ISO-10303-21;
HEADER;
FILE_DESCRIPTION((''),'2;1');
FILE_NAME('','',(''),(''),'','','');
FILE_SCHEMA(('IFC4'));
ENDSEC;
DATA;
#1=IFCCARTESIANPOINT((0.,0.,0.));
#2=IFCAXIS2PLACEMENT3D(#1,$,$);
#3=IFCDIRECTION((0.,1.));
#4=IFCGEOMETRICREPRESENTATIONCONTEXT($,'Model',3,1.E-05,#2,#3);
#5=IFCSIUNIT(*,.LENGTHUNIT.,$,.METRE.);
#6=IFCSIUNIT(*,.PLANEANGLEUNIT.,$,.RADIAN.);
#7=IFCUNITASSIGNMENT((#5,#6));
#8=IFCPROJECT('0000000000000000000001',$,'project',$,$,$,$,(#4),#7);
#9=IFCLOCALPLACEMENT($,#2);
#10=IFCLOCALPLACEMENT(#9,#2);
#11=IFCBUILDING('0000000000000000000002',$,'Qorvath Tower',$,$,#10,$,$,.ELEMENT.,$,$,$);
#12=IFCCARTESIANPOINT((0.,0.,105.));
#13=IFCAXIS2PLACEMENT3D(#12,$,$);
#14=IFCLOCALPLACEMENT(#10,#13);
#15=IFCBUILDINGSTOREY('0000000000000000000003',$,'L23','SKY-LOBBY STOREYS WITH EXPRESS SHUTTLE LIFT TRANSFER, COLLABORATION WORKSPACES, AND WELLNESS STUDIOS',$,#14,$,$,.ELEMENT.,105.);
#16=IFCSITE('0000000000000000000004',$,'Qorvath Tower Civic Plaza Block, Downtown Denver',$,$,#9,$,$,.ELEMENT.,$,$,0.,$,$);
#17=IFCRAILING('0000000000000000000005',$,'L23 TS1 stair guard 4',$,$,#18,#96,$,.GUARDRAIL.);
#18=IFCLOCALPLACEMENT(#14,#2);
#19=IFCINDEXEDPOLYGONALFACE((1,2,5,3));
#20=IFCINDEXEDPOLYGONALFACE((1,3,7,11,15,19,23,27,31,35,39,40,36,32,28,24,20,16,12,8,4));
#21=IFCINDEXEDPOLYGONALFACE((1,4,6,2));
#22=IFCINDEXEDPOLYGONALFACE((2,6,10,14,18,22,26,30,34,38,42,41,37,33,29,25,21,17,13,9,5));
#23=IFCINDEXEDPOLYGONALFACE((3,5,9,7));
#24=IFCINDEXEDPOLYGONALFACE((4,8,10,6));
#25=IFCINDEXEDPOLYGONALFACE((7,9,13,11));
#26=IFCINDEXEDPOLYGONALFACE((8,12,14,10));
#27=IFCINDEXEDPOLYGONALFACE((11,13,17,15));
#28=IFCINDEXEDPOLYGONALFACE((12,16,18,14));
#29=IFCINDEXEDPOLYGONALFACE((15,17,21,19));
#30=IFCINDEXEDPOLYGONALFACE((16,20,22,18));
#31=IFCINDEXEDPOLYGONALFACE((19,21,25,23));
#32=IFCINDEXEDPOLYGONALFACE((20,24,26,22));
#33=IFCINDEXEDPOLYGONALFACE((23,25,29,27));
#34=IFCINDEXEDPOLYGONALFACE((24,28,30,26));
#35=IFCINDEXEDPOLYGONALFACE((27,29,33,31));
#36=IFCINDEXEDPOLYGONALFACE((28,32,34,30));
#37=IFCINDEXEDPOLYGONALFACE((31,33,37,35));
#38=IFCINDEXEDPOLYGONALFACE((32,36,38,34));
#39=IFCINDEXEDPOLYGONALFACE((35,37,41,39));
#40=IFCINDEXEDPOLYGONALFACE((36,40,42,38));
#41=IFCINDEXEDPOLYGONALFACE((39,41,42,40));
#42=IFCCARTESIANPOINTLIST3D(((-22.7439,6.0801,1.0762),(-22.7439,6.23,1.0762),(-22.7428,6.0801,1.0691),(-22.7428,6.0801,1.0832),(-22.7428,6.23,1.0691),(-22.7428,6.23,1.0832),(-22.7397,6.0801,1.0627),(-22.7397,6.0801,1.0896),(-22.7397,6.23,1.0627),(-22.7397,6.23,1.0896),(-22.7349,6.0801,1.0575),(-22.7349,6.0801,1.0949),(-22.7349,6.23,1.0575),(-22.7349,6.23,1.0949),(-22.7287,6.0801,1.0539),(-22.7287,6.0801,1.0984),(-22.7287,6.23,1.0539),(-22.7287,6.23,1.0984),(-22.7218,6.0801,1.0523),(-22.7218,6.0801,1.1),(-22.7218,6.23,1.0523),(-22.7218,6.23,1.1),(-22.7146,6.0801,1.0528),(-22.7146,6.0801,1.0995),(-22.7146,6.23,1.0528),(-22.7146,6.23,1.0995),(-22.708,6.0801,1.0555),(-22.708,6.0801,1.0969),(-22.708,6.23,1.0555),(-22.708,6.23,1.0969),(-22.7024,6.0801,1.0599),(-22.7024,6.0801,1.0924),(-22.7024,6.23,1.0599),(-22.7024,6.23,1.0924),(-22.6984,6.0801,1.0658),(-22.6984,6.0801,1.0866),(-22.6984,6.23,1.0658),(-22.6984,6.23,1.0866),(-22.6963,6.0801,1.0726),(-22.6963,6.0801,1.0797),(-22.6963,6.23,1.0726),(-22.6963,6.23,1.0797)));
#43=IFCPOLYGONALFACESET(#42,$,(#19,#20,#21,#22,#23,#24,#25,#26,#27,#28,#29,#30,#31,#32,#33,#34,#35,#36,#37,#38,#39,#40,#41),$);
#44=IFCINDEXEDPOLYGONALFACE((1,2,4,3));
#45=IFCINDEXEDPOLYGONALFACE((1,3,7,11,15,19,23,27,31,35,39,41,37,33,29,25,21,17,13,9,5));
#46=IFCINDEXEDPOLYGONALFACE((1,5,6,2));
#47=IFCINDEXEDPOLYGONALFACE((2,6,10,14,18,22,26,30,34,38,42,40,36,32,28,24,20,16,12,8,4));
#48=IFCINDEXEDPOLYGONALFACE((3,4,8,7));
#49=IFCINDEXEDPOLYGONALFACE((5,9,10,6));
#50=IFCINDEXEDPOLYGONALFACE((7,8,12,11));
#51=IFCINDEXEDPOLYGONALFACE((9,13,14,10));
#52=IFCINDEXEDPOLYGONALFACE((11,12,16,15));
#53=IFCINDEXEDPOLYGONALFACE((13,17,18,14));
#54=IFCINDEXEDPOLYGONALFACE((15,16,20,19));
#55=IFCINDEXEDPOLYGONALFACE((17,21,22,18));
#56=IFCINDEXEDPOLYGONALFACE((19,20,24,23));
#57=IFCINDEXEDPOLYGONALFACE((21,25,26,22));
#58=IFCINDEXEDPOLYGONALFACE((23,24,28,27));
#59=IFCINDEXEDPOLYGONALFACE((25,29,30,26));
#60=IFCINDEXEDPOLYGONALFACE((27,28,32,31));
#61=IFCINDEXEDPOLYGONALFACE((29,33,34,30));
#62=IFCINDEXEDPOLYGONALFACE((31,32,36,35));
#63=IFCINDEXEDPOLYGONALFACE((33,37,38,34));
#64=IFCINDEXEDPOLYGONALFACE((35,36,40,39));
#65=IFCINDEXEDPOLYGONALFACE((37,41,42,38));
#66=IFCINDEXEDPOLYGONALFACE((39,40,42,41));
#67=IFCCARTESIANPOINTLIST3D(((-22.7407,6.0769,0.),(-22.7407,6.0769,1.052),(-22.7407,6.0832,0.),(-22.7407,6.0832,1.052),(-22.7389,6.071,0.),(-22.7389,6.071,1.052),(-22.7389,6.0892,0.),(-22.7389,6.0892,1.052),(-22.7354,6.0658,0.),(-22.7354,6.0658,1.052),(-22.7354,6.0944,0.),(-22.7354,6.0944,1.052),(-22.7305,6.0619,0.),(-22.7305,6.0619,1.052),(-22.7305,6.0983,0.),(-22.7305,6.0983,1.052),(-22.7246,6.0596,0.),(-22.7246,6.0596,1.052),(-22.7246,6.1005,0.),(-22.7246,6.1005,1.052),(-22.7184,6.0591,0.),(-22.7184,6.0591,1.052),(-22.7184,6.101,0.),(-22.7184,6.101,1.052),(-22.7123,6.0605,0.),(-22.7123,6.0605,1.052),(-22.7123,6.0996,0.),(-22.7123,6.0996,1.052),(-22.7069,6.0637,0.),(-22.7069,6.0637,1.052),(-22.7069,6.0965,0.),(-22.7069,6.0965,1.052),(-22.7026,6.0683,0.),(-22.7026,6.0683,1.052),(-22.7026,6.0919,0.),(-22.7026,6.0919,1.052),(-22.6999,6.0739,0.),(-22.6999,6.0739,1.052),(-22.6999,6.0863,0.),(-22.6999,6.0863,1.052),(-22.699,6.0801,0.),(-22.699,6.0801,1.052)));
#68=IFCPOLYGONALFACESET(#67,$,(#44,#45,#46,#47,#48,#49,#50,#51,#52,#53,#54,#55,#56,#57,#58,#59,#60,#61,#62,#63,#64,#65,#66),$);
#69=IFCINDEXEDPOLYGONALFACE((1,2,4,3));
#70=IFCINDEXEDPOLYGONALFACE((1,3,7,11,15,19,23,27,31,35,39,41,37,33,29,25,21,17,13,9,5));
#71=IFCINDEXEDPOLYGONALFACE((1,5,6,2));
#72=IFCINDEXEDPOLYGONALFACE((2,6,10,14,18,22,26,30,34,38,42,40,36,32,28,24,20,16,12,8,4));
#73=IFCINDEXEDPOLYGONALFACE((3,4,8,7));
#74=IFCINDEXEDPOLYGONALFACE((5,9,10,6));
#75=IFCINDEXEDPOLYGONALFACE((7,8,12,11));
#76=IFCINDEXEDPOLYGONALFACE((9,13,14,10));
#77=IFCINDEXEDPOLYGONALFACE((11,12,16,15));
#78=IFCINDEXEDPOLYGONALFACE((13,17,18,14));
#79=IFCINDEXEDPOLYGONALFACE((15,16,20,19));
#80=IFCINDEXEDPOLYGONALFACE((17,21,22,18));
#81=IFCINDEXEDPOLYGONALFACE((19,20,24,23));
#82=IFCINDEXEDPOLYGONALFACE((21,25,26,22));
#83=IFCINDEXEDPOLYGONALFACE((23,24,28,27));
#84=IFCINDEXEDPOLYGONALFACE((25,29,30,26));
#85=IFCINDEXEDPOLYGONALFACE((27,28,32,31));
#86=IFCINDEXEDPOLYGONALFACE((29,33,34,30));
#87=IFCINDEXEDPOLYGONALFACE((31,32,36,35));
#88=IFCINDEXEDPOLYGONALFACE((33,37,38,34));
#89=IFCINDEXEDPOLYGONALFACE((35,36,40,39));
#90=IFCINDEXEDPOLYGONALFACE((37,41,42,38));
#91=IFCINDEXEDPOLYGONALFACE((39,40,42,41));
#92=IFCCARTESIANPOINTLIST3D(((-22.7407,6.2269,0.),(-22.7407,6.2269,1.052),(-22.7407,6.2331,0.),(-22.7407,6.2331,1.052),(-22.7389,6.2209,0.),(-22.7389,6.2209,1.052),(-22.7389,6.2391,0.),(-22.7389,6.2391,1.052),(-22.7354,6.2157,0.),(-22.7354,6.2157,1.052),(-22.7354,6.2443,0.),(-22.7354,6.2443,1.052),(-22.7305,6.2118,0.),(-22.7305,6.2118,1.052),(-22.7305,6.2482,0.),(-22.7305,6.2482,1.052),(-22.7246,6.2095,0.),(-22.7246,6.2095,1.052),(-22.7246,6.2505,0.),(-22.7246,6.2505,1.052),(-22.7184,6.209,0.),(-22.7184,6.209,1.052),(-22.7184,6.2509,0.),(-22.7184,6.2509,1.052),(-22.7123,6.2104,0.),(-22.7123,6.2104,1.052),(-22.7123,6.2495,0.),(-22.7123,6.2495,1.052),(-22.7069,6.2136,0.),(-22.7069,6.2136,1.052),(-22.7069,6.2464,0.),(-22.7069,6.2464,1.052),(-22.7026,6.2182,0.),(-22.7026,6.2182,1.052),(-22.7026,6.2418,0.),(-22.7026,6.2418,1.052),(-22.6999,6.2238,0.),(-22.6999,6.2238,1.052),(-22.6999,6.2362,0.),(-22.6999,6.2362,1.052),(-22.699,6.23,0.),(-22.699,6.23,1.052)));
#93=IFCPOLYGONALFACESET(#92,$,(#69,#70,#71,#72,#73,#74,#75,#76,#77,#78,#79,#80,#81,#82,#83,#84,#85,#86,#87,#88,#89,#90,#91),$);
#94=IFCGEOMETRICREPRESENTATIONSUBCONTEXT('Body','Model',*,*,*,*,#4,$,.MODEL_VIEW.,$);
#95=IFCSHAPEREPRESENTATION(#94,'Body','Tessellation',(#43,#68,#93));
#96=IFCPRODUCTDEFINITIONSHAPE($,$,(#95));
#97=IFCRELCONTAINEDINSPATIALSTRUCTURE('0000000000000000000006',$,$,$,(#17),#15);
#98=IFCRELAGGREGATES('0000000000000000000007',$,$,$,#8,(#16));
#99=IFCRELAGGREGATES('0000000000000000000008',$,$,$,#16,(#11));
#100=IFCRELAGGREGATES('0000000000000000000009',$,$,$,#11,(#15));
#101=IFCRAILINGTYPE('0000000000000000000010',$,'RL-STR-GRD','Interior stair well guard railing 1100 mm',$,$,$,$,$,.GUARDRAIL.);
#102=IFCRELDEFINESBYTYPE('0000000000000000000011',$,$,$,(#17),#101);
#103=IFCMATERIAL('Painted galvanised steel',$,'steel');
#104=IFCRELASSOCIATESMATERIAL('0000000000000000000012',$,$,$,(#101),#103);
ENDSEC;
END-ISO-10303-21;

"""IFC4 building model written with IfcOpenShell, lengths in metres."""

from ifc_helpers import new_model, si_unit, direction, frame, origin, origin_2d, place, context, subcontext, project, spatial, circle, extrude, material, type_object, element, save


model = new_model("IFC4")

# Units and contexts
model_context = context("Model", 3, precision=1e-05, world=origin(), true_north=direction((0.0, 1.0)))
body_context = subcontext(model_context, "Body", "Model", "MODEL_VIEW")
ifc_project = project(units=[si_unit("LENGTHUNIT", "METRE"), si_unit("PLANEANGLEUNIT", "RADIAN")], contexts=[model_context])

# Site, building, storey
site_placement = place(None, origin())
site = spatial("IfcSite", under=ifc_project, at=site_placement, Name="Qorvath Tower Civic Plaza Block, Downtown Denver", CompositionType="ELEMENT", RefElevation=0.0)
building_placement = place(site_placement, origin())
building = spatial("IfcBuilding", under=site, at=building_placement, Name="Qorvath Tower", CompositionType="ELEMENT")
storey_placement = place(building_placement, frame((0.0, 0.0, 105.0)))
storey = spatial("IfcBuildingStorey", under=building, at=storey_placement, Name="L23", Description="SKY-LOBBY STOREYS WITH EXPRESS SHUTTLE LIFT TRANSFER, COLLABORATION WORKSPACES, AND WELLNESS STUDIOS", CompositionType="ELEMENT", Elevation=105.0)

# Railing
ifc_material_1 = material(Name="Painted galvanised steel", Category="steel")
railing_type_1 = type_object("IfcRailingType", Name="RL-STR-GRD", Description="Interior stair well guard railing 1100 mm", PredefinedType="GUARDRAIL", material=ifc_material_1)
railing_1_placement = place(storey_placement, frame((-22.72, 6.0801, 0.0)))
element("IfcRailing", 1, at=railing_1_placement, inside=storey, type_object=railing_type_1, Name="L23 TS1 stair guard 4", PredefinedType="GUARDRAIL", context=body_context, shape_type="SweptSolid", body=[
    extrude(circle(Radius=0.0239, at=origin_2d()), frame((0.0, 0.0, 1.0762), z_axis=(0.0, 1.0, 0.0), x_axis=(-1.0, 0.0, 0.0)), (0.0, 0.0, 1.0), 0.1499),
    extrude(circle(Radius=0.021, at=origin_2d()), origin(), (0.0, 0.0, 1.0), 1.052),
    extrude(circle(Radius=0.021, at=origin_2d()), frame((0.0, 0.1499, 0.0)), (0.0, 0.0, 1.0), 1.052),
])

save(model, "model.ifc")
